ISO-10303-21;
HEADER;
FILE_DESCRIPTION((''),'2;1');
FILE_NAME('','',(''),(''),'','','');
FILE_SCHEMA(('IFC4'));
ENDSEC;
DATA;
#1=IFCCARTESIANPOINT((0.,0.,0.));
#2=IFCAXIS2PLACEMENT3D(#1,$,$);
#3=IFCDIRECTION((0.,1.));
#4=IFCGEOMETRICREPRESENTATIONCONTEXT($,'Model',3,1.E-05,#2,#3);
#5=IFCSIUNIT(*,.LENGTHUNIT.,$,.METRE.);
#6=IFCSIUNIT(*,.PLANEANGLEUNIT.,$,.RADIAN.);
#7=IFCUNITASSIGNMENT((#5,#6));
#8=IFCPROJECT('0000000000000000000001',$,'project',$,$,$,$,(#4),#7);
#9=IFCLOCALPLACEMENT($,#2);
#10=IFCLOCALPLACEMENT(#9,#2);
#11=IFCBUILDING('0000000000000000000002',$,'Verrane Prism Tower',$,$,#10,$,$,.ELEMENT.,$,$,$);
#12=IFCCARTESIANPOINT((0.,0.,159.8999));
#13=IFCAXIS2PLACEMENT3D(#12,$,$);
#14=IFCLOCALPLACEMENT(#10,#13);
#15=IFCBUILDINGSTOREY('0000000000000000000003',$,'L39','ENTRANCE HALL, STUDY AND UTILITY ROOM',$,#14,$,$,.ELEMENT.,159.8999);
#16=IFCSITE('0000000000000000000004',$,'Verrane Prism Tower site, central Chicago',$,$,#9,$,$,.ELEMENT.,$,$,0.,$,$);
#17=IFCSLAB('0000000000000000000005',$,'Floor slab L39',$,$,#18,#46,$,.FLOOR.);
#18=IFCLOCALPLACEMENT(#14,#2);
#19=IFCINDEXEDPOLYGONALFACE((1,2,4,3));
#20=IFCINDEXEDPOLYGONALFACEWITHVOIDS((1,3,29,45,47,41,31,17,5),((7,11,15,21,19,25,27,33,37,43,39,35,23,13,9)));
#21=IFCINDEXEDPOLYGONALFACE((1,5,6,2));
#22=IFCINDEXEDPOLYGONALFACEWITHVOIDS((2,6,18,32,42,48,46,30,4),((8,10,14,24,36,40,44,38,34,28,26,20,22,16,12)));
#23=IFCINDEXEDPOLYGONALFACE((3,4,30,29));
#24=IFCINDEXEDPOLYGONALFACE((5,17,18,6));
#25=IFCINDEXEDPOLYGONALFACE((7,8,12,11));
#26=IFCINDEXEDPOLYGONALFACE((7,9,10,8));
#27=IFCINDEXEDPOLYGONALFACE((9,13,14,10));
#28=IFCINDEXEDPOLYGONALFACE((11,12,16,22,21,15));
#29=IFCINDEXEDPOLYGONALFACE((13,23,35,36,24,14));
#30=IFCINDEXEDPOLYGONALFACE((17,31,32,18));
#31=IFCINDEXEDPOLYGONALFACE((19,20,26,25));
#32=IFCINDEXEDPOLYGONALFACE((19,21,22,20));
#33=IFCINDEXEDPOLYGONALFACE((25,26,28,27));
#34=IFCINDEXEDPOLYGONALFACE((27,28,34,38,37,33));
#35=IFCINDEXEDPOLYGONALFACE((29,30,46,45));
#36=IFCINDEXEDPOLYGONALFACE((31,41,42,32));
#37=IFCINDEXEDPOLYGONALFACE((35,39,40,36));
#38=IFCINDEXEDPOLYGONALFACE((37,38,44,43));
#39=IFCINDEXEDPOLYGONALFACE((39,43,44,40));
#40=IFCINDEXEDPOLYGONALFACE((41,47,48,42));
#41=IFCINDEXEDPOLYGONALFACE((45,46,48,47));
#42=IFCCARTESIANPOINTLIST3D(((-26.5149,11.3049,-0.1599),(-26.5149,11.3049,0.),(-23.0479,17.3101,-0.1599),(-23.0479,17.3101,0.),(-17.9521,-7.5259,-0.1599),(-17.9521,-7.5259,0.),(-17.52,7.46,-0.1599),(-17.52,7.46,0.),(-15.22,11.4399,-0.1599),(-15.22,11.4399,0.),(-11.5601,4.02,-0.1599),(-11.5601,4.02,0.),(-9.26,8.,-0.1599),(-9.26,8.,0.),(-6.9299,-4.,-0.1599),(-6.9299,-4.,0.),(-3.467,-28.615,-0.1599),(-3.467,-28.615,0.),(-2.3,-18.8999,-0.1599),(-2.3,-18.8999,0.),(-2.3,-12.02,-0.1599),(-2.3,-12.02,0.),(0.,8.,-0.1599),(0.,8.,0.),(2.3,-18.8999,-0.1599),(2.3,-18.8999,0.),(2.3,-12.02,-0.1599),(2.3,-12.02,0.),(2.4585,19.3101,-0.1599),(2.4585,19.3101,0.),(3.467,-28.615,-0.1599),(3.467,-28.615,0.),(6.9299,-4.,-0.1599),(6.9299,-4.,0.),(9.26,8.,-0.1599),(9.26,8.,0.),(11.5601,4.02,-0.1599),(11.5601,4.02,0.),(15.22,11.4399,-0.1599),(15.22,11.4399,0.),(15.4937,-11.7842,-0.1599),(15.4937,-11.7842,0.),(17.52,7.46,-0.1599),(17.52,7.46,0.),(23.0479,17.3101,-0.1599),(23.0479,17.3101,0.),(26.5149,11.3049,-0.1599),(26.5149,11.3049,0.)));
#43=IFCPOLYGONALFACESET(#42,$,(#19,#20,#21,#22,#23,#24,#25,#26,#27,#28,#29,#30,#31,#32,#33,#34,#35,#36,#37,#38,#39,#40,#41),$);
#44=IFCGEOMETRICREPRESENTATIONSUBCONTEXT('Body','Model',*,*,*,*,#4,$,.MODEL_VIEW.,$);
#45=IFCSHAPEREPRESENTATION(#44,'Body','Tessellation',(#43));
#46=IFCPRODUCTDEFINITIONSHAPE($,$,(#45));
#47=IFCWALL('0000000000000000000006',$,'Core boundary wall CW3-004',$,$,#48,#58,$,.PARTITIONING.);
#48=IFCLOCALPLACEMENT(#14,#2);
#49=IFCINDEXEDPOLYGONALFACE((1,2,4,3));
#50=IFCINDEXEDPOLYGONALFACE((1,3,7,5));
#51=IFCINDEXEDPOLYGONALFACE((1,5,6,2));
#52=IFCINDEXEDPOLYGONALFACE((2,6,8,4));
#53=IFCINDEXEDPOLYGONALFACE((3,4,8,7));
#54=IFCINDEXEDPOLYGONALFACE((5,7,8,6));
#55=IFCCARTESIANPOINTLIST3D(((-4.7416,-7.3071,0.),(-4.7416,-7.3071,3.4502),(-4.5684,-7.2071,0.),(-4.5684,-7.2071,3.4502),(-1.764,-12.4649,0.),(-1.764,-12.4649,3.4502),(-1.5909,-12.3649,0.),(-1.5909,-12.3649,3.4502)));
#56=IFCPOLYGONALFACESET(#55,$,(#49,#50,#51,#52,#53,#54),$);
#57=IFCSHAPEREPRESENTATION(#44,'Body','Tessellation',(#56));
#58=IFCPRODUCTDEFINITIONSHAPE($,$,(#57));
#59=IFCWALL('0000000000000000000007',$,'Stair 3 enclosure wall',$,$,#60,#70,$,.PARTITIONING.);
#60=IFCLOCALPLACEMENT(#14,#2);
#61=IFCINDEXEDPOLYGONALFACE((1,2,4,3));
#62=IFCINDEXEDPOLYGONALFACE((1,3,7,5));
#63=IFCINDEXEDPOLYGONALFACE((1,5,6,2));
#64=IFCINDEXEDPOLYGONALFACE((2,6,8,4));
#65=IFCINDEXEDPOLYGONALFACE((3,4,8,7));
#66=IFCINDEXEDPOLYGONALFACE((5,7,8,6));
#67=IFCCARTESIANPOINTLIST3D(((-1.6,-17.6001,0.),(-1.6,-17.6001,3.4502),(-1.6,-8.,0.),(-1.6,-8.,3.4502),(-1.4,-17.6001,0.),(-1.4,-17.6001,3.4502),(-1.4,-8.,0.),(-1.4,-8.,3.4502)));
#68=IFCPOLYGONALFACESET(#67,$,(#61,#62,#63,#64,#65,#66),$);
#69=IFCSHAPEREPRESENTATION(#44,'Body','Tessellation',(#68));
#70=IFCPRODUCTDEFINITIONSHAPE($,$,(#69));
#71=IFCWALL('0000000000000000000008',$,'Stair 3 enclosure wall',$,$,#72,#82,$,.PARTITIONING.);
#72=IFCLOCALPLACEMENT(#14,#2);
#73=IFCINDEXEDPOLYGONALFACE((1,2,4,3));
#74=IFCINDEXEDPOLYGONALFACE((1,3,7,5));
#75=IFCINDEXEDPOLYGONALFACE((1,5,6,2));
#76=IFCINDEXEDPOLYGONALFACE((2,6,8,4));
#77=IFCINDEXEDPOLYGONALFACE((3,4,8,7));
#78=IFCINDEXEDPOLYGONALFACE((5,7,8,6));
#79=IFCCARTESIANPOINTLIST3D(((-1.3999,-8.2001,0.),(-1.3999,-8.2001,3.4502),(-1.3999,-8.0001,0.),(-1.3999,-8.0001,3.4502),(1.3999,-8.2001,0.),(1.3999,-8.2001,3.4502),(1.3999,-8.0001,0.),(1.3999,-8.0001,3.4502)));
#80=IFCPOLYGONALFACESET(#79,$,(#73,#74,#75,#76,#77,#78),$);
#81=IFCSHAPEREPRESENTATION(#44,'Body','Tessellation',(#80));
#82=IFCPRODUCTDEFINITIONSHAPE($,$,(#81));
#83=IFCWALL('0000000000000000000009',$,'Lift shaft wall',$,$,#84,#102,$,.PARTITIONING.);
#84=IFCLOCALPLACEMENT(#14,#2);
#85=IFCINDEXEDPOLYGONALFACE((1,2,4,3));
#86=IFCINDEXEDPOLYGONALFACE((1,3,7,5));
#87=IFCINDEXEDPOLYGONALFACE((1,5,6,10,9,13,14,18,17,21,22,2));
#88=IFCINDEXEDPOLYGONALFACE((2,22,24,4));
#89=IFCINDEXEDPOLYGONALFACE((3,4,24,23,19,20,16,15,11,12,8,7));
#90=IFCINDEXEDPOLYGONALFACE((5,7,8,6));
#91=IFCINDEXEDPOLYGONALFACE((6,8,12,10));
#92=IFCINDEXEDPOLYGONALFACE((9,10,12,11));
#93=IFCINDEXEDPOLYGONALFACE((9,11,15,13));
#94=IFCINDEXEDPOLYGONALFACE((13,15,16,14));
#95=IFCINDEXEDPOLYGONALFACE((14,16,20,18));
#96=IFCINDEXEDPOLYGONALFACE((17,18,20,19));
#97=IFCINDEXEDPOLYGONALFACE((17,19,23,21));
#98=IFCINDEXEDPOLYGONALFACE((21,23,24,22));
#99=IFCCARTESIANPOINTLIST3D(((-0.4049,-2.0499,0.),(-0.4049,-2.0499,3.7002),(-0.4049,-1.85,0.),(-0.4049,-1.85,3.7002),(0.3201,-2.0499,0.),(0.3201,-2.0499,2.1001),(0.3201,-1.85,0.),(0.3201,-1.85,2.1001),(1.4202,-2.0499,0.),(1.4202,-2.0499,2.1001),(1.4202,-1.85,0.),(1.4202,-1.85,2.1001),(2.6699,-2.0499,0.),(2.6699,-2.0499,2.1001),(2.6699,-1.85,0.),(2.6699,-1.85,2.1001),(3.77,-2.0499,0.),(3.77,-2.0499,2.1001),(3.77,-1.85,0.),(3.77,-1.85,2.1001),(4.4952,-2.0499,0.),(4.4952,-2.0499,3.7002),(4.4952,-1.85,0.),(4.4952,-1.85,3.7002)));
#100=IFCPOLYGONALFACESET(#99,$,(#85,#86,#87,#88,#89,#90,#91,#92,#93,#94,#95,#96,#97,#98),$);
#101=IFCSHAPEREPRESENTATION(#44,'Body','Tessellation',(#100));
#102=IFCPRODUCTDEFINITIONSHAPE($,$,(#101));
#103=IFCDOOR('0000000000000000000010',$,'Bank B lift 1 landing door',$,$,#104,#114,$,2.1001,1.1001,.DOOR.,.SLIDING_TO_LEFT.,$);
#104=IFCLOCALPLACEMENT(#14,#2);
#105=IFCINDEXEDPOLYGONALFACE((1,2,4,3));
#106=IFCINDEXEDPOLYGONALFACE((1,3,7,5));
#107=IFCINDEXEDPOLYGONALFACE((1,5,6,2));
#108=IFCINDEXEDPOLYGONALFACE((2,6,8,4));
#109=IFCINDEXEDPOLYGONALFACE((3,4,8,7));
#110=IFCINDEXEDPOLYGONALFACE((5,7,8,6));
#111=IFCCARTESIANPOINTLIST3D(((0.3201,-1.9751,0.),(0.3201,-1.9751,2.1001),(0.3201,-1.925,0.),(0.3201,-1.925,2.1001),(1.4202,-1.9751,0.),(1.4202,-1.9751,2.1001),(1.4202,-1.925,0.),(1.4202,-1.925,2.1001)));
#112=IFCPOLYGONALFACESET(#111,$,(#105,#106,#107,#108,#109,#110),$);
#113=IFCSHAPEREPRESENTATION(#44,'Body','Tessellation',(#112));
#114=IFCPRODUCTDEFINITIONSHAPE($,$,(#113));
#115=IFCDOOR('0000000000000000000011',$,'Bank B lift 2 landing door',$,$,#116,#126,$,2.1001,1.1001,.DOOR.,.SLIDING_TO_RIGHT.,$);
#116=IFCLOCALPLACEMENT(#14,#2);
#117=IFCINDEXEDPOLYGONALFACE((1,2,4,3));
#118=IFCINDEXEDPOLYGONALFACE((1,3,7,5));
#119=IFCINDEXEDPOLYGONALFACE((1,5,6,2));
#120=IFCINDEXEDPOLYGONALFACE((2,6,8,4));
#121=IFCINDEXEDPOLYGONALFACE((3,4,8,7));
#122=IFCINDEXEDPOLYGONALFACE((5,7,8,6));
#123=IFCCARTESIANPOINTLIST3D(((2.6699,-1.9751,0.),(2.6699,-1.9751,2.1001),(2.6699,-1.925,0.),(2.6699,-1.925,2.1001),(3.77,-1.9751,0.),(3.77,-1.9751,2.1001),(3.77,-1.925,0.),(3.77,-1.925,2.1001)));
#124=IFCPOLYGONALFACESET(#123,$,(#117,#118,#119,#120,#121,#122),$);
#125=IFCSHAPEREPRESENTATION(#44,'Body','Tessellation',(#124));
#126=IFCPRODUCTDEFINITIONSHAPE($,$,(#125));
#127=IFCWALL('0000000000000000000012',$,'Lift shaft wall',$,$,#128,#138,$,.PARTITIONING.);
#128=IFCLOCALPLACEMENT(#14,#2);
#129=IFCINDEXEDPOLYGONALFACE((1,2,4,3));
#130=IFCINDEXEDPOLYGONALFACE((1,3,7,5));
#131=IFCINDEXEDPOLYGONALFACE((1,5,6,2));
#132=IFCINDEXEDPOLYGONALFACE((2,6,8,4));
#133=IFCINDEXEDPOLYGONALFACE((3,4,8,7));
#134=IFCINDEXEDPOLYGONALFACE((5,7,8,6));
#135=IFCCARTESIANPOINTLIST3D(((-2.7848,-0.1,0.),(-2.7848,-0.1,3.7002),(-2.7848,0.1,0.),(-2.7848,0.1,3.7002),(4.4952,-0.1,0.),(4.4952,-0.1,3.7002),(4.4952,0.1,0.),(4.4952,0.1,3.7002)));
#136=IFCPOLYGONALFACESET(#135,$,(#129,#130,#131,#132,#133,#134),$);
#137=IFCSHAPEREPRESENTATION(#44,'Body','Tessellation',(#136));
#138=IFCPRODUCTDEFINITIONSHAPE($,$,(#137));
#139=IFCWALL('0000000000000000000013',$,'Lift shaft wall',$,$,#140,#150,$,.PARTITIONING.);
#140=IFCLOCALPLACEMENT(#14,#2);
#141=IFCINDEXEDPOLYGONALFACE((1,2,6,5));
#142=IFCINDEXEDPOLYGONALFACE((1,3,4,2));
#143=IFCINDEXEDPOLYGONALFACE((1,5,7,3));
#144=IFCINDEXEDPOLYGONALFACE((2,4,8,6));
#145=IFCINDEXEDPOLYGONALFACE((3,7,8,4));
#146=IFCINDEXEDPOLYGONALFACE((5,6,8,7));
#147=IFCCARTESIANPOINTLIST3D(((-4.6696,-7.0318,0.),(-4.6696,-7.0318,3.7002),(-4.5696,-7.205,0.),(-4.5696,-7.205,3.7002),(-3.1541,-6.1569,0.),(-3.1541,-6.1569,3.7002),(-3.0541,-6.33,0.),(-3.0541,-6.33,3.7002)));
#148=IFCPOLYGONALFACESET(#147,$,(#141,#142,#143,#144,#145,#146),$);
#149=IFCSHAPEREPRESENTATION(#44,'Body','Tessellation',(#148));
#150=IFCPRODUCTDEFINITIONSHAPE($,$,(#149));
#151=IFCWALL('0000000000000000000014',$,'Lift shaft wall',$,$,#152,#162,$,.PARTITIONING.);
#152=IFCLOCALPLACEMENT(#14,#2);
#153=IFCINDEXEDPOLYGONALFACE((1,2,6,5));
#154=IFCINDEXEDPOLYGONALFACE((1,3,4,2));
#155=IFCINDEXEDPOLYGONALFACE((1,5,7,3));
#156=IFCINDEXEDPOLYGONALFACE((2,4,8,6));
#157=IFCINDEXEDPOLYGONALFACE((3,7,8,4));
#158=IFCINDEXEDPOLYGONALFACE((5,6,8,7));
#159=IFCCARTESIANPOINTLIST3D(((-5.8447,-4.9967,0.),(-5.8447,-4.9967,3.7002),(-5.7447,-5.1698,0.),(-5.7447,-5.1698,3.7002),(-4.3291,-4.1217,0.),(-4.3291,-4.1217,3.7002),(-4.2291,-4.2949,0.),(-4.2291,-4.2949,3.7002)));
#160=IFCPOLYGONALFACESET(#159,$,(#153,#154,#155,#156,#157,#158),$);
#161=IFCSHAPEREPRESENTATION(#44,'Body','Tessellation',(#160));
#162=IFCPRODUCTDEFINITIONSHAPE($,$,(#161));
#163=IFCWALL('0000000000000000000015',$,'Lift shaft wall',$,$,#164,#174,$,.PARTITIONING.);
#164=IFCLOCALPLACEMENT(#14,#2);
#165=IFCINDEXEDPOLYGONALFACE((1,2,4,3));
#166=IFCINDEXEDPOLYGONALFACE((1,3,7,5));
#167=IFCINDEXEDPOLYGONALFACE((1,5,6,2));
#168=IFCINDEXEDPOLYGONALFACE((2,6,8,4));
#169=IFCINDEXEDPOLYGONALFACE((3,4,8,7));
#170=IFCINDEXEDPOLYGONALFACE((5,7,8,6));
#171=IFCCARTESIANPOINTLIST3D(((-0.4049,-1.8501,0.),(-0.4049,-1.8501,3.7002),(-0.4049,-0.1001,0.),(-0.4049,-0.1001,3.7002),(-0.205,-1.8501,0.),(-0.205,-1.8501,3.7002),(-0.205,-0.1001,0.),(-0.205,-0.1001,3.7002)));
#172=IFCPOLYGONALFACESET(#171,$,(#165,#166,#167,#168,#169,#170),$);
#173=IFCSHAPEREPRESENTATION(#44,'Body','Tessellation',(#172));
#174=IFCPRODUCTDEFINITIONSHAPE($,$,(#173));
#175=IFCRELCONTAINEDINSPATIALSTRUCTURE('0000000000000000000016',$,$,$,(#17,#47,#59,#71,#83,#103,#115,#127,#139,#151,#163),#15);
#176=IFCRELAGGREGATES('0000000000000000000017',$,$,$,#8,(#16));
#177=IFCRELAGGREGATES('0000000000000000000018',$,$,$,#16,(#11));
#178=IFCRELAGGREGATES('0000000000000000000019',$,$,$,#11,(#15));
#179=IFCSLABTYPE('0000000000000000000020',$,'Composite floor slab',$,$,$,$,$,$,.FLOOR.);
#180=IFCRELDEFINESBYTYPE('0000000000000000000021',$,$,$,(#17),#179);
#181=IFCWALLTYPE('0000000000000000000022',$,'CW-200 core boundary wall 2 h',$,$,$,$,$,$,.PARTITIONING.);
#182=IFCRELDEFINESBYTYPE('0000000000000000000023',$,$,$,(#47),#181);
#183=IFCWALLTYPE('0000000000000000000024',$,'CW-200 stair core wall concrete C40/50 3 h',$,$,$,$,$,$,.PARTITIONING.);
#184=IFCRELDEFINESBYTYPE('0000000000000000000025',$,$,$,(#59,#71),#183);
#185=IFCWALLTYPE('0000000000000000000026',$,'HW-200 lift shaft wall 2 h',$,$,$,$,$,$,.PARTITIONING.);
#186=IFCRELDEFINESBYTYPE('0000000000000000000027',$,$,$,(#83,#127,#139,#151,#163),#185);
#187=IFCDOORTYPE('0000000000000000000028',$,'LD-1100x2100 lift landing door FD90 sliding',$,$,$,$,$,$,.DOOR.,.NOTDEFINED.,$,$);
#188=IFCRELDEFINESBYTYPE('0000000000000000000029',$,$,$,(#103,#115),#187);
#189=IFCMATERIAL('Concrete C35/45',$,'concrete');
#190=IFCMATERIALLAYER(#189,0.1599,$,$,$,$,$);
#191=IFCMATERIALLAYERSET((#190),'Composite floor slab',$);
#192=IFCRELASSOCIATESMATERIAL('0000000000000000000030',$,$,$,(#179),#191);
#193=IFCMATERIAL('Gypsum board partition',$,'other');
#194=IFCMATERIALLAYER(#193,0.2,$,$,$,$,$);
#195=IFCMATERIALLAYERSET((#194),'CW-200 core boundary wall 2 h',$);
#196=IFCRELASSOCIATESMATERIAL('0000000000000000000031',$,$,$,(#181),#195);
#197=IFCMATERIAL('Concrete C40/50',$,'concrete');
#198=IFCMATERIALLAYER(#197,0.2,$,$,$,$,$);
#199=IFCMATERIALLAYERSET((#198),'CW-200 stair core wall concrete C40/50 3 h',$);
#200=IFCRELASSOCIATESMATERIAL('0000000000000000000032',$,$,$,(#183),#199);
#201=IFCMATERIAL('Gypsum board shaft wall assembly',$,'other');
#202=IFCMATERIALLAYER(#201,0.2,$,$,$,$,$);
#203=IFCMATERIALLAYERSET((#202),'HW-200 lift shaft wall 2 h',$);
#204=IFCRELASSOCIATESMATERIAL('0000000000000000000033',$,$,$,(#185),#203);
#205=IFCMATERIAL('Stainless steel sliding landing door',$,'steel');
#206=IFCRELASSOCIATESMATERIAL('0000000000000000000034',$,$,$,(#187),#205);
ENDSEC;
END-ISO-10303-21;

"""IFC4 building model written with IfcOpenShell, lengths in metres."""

from ifc_helpers import new_model, si_unit, direction, frame, frame_2d, origin, place, context, subcontext, project, spatial, polyline, rectangle, outline, extrude, material, layer, layer_set, type_object, element, fill, save


model = new_model("IFC4")

# Units and contexts
model_context = context("Model", 3, precision=1e-05, world=origin(), true_north=direction((0.0, 1.0)))
body_context = subcontext(model_context, "Body", "Model", "MODEL_VIEW")
ifc_project = project(units=[si_unit("LENGTHUNIT", "METRE"), si_unit("PLANEANGLEUNIT", "RADIAN")], contexts=[model_context])

# Site, building, storey
site_placement = place(None, origin())
site = spatial("IfcSite", under=ifc_project, at=site_placement, Name="Verrane Prism Tower site, central Chicago", CompositionType="ELEMENT", RefElevation=0.0)
building_placement = place(site_placement, origin())
building = spatial("IfcBuilding", under=site, at=building_placement, Name="Verrane Prism Tower", CompositionType="ELEMENT")
storey_placement = place(building_placement, frame((0.0, 0.0, 159.8999)))
storey = spatial("IfcBuildingStorey", under=building, at=storey_placement, Name="L39", Description="ENTRANCE HALL, STUDY AND UTILITY ROOM", CompositionType="ELEMENT", Elevation=159.8999)

# Slab
ifc_material_1 = material(Name="Concrete C35/45", Category="concrete")
ifc_layer_1 = layer(ifc_material_1, 0.1599)
ifc_layer_set_1 = layer_set([ifc_layer_1], Name="Composite floor slab")
slab_type = type_object("IfcSlabType", Name="Composite floor slab", PredefinedType="FLOOR", material=ifc_layer_set_1)
slab_placement = place(storey_placement, frame((0.0, 0.0, -0.1599)))
element("IfcSlab", 1, at=slab_placement, inside=storey, type_object=slab_type, Name="Floor slab L39", PredefinedType="FLOOR", context=body_context, shape_type="SweptSolid", body=[
    extrude(outline(polyline([(15.4937, -11.7842), (3.467, -28.615), (-3.467, -28.615), (-17.9521, -7.5259), (-26.5149, 11.3049), (-23.0479, 17.3101), (2.4585, 19.3101), (23.0479, 17.3101), (26.5149, 11.3049), (15.4937, -11.7842)]), holes=[polyline([(17.52, 7.46), (15.22, 11.4399), (9.26, 8.0), (0.0, 8.0), (-9.26, 8.0), (-15.22, 11.4399), (-17.52, 7.46), (-11.5601, 4.02), (-6.9299, -4.0), (-2.3, -12.02), (-2.3, -18.8999), (2.3, -18.8999), (2.3, -12.02), (6.9299, -4.0), (11.5601, 4.02), (17.52, 7.46)])]), origin(), (0.0, 0.0, 1.0), 0.1599),
])

# Walls
ifc_material_2 = material(Name="Gypsum board partition", Category="other")
ifc_layer_2 = layer(ifc_material_2, 0.2)
ifc_layer_set_2 = layer_set([ifc_layer_2], Name="CW-200 core boundary wall 2 h")
wall_type_1 = type_object("IfcWallType", Name="CW-200 core boundary wall 2 h", PredefinedType="PARTITIONING", material=ifc_layer_set_2)
wall_1_placement = place(storey_placement, frame((-4.655, -7.2571, 0.0), z_axis=(0.0, 0.0, 1.0), x_axis=(0.499966, -0.866045, 0.0)))
element("IfcWall", 2, at=wall_1_placement, inside=storey, type_object=wall_type_1, Name="Core boundary wall CW3-004", PredefinedType="PARTITIONING", context=body_context, shape_type="SweptSolid", body=[
    extrude(rectangle(XDim=5.9556, YDim=0.2, at=frame_2d((2.9778, 0.0))), origin(), (0.0, 0.0, 1.0), 3.4502),
])
ifc_material_3 = material(Name="Concrete C40/50", Category="concrete")
ifc_layer_3 = layer(ifc_material_3, 0.2)
ifc_layer_set_3 = layer_set([ifc_layer_3], Name="CW-200 stair core wall concrete C40/50 3 h")
wall_type_2 = type_object("IfcWallType", Name="CW-200 stair core wall concrete C40/50 3 h", PredefinedType="PARTITIONING", material=ifc_layer_set_3)
wall_2_placement = place(storey_placement, frame((-1.5, -8.0, 0.0), z_axis=(0.0, 0.0, 1.0), x_axis=(0.0, -1.0, 0.0)))
element("IfcWall", 3, at=wall_2_placement, inside=storey, type_object=wall_type_2, Name="Stair 3 enclosure wall", PredefinedType="PARTITIONING", context=body_context, shape_type="SweptSolid", body=[
    extrude(rectangle(XDim=9.6001, YDim=0.2, at=frame_2d((4.8, 0.0))), origin(), (0.0, 0.0, 1.0), 3.4502),
])
wall_3_placement = place(storey_placement, frame((-1.3999, -8.1001, 0.0), z_axis=(0.0, 0.0, 1.0), x_axis=(1.0, 0.0, 0.0)))
element("IfcWall", 4, at=wall_3_placement, inside=storey, type_object=wall_type_2, Name="Stair 3 enclosure wall", PredefinedType="PARTITIONING", context=body_context, shape_type="SweptSolid", body=[
    extrude(rectangle(XDim=2.7998, YDim=0.2, at=frame_2d((1.3999, 0.0))), origin(), (0.0, 0.0, 1.0), 3.4502),
])

# Wall, openings, doors
ifc_material_4 = material(Name="Gypsum board shaft wall assembly", Category="other")
ifc_layer_4 = layer(ifc_material_4, 0.2)
ifc_layer_set_4 = layer_set([ifc_layer_4], Name="HW-200 lift shaft wall 2 h")
wall_type_3 = type_object("IfcWallType", Name="HW-200 lift shaft wall 2 h", PredefinedType="PARTITIONING", material=ifc_layer_set_4)
wall_4_placement = place(storey_placement, frame((-0.405, -1.95, 0.0), z_axis=(0.0, 0.0, 1.0), x_axis=(1.0, 0.0, 0.0)))
wall_4 = element("IfcWall", 5, at=wall_4_placement, inside=storey, type_object=wall_type_3, Name="Lift shaft wall", PredefinedType="PARTITIONING", context=body_context, shape_type="SweptSolid", body=[
    extrude(rectangle(XDim=4.9001, YDim=0.2, at=frame_2d((2.4502, 0.0))), origin(), (0.0, 0.0, 1.0), 3.7002),
])
opening_1_placement = place(wall_4_placement, frame((0.7251, 0.0, 0.0)))
opening_1 = element("IfcOpeningElement", 6, at=opening_1_placement, cuts=wall_4, PredefinedType="OPENING", context=body_context, shape_type="SweptSolid", body=[
    extrude(rectangle(XDim=1.1001, YDim=2.1001, at=frame_2d((0.55, 1.05))), frame((0.0, 0.1099, 0.0), z_axis=(0.0, -1.0, 0.0), x_axis=(1.0, 0.0, 0.0)), (0.0, 0.0, 1.0), 0.22),
])
opening_2_placement = place(wall_4_placement, frame((3.075, 0.0, 0.0)))
opening_2 = element("IfcOpeningElement", 7, at=opening_2_placement, cuts=wall_4, PredefinedType="OPENING", context=body_context, shape_type="SweptSolid", body=[
    extrude(rectangle(XDim=1.1001, YDim=2.1001, at=frame_2d((0.55, 1.05))), frame((0.0, 0.1099, 0.0), z_axis=(0.0, -1.0, 0.0), x_axis=(1.0, 0.0, 0.0)), (0.0, 0.0, 1.0), 0.22),
])
ifc_material_5 = material(Name="Stainless steel sliding landing door", Category="steel")
door_type = type_object("IfcDoorType", Name="LD-1100x2100 lift landing door FD90 sliding", OperationType="NOTDEFINED", PredefinedType="DOOR", material=ifc_material_5)
door_1_placement = place(opening_1_placement, origin())
door_1 = element("IfcDoor", 8, at=door_1_placement, inside=storey, type_object=door_type, Name="Bank B lift 1 landing door", OperationType="SLIDING_TO_LEFT", OverallHeight=2.1001, OverallWidth=1.1001, PredefinedType="DOOR", context=body_context, shape_type="SweptSolid", body=[
    extrude(rectangle(XDim=1.1001, YDim=2.1001, at=frame_2d((0.55, 1.05))), frame((0.0, 0.0249, 0.0), z_axis=(0.0, -1.0, 0.0), x_axis=(1.0, 0.0, 0.0)), (0.0, 0.0, 1.0), 0.05),
])
fill(opening_1, door_1)
door_2_placement = place(opening_2_placement, origin())
door_2 = element("IfcDoor", 9, at=door_2_placement, inside=storey, type_object=door_type, Name="Bank B lift 2 landing door", OperationType="SLIDING_TO_RIGHT", OverallHeight=2.1001, OverallWidth=1.1001, PredefinedType="DOOR", context=body_context, shape_type="SweptSolid", body=[
    extrude(rectangle(XDim=1.1001, YDim=2.1001, at=frame_2d((0.55, 1.05))), frame((0.0, 0.0249, 0.0), z_axis=(0.0, -1.0, 0.0), x_axis=(1.0, 0.0, 0.0)), (0.0, 0.0, 1.0), 0.05),
])
fill(opening_2, door_2)

# Walls
wall_5_placement = place(storey_placement, frame((-2.7849, 0.0, 0.0), z_axis=(0.0, 0.0, 1.0), x_axis=(1.0, 0.0, 0.0)))
element("IfcWall", 10, at=wall_5_placement, inside=storey, type_object=wall_type_3, Name="Lift shaft wall", PredefinedType="PARTITIONING", context=body_context, shape_type="SweptSolid", body=[
    extrude(rectangle(XDim=7.28, YDim=0.2, at=frame_2d((3.6401, 0.0))), origin(), (0.0, 0.0, 1.0), 3.7002),
])
for number, where, z_axis, x_axis, name in (
    (11, (-4.6196, -7.1184, 0.0), (0.0, 0.0, 1.0), (0.866037, 0.49998, 0.0), "Lift shaft wall"),
    (12, (-5.7947, -5.0833, 0.0), (0.0, 0.0, 1.0), (0.866037, 0.49998, 0.0), "Lift shaft wall"),
    (13, (-0.3049, -1.8501, 0.0), (0.0, 0.0, 1.0), (0.0, 1.0, 0.0), "Lift shaft wall"),
):
    element("IfcWall", number, at=place(storey_placement, frame(where, z_axis=z_axis, x_axis=x_axis)), inside=storey, type_object=wall_type_3, Name=name, PredefinedType="PARTITIONING", context=body_context, shape_type="SweptSolid", body=[
        extrude(rectangle(XDim=1.75, YDim=0.2, at=frame_2d((0.875, 0.0))), origin(), (0.0, 0.0, 1.0), 3.7002),
    ])

save(model, "model.ifc")
